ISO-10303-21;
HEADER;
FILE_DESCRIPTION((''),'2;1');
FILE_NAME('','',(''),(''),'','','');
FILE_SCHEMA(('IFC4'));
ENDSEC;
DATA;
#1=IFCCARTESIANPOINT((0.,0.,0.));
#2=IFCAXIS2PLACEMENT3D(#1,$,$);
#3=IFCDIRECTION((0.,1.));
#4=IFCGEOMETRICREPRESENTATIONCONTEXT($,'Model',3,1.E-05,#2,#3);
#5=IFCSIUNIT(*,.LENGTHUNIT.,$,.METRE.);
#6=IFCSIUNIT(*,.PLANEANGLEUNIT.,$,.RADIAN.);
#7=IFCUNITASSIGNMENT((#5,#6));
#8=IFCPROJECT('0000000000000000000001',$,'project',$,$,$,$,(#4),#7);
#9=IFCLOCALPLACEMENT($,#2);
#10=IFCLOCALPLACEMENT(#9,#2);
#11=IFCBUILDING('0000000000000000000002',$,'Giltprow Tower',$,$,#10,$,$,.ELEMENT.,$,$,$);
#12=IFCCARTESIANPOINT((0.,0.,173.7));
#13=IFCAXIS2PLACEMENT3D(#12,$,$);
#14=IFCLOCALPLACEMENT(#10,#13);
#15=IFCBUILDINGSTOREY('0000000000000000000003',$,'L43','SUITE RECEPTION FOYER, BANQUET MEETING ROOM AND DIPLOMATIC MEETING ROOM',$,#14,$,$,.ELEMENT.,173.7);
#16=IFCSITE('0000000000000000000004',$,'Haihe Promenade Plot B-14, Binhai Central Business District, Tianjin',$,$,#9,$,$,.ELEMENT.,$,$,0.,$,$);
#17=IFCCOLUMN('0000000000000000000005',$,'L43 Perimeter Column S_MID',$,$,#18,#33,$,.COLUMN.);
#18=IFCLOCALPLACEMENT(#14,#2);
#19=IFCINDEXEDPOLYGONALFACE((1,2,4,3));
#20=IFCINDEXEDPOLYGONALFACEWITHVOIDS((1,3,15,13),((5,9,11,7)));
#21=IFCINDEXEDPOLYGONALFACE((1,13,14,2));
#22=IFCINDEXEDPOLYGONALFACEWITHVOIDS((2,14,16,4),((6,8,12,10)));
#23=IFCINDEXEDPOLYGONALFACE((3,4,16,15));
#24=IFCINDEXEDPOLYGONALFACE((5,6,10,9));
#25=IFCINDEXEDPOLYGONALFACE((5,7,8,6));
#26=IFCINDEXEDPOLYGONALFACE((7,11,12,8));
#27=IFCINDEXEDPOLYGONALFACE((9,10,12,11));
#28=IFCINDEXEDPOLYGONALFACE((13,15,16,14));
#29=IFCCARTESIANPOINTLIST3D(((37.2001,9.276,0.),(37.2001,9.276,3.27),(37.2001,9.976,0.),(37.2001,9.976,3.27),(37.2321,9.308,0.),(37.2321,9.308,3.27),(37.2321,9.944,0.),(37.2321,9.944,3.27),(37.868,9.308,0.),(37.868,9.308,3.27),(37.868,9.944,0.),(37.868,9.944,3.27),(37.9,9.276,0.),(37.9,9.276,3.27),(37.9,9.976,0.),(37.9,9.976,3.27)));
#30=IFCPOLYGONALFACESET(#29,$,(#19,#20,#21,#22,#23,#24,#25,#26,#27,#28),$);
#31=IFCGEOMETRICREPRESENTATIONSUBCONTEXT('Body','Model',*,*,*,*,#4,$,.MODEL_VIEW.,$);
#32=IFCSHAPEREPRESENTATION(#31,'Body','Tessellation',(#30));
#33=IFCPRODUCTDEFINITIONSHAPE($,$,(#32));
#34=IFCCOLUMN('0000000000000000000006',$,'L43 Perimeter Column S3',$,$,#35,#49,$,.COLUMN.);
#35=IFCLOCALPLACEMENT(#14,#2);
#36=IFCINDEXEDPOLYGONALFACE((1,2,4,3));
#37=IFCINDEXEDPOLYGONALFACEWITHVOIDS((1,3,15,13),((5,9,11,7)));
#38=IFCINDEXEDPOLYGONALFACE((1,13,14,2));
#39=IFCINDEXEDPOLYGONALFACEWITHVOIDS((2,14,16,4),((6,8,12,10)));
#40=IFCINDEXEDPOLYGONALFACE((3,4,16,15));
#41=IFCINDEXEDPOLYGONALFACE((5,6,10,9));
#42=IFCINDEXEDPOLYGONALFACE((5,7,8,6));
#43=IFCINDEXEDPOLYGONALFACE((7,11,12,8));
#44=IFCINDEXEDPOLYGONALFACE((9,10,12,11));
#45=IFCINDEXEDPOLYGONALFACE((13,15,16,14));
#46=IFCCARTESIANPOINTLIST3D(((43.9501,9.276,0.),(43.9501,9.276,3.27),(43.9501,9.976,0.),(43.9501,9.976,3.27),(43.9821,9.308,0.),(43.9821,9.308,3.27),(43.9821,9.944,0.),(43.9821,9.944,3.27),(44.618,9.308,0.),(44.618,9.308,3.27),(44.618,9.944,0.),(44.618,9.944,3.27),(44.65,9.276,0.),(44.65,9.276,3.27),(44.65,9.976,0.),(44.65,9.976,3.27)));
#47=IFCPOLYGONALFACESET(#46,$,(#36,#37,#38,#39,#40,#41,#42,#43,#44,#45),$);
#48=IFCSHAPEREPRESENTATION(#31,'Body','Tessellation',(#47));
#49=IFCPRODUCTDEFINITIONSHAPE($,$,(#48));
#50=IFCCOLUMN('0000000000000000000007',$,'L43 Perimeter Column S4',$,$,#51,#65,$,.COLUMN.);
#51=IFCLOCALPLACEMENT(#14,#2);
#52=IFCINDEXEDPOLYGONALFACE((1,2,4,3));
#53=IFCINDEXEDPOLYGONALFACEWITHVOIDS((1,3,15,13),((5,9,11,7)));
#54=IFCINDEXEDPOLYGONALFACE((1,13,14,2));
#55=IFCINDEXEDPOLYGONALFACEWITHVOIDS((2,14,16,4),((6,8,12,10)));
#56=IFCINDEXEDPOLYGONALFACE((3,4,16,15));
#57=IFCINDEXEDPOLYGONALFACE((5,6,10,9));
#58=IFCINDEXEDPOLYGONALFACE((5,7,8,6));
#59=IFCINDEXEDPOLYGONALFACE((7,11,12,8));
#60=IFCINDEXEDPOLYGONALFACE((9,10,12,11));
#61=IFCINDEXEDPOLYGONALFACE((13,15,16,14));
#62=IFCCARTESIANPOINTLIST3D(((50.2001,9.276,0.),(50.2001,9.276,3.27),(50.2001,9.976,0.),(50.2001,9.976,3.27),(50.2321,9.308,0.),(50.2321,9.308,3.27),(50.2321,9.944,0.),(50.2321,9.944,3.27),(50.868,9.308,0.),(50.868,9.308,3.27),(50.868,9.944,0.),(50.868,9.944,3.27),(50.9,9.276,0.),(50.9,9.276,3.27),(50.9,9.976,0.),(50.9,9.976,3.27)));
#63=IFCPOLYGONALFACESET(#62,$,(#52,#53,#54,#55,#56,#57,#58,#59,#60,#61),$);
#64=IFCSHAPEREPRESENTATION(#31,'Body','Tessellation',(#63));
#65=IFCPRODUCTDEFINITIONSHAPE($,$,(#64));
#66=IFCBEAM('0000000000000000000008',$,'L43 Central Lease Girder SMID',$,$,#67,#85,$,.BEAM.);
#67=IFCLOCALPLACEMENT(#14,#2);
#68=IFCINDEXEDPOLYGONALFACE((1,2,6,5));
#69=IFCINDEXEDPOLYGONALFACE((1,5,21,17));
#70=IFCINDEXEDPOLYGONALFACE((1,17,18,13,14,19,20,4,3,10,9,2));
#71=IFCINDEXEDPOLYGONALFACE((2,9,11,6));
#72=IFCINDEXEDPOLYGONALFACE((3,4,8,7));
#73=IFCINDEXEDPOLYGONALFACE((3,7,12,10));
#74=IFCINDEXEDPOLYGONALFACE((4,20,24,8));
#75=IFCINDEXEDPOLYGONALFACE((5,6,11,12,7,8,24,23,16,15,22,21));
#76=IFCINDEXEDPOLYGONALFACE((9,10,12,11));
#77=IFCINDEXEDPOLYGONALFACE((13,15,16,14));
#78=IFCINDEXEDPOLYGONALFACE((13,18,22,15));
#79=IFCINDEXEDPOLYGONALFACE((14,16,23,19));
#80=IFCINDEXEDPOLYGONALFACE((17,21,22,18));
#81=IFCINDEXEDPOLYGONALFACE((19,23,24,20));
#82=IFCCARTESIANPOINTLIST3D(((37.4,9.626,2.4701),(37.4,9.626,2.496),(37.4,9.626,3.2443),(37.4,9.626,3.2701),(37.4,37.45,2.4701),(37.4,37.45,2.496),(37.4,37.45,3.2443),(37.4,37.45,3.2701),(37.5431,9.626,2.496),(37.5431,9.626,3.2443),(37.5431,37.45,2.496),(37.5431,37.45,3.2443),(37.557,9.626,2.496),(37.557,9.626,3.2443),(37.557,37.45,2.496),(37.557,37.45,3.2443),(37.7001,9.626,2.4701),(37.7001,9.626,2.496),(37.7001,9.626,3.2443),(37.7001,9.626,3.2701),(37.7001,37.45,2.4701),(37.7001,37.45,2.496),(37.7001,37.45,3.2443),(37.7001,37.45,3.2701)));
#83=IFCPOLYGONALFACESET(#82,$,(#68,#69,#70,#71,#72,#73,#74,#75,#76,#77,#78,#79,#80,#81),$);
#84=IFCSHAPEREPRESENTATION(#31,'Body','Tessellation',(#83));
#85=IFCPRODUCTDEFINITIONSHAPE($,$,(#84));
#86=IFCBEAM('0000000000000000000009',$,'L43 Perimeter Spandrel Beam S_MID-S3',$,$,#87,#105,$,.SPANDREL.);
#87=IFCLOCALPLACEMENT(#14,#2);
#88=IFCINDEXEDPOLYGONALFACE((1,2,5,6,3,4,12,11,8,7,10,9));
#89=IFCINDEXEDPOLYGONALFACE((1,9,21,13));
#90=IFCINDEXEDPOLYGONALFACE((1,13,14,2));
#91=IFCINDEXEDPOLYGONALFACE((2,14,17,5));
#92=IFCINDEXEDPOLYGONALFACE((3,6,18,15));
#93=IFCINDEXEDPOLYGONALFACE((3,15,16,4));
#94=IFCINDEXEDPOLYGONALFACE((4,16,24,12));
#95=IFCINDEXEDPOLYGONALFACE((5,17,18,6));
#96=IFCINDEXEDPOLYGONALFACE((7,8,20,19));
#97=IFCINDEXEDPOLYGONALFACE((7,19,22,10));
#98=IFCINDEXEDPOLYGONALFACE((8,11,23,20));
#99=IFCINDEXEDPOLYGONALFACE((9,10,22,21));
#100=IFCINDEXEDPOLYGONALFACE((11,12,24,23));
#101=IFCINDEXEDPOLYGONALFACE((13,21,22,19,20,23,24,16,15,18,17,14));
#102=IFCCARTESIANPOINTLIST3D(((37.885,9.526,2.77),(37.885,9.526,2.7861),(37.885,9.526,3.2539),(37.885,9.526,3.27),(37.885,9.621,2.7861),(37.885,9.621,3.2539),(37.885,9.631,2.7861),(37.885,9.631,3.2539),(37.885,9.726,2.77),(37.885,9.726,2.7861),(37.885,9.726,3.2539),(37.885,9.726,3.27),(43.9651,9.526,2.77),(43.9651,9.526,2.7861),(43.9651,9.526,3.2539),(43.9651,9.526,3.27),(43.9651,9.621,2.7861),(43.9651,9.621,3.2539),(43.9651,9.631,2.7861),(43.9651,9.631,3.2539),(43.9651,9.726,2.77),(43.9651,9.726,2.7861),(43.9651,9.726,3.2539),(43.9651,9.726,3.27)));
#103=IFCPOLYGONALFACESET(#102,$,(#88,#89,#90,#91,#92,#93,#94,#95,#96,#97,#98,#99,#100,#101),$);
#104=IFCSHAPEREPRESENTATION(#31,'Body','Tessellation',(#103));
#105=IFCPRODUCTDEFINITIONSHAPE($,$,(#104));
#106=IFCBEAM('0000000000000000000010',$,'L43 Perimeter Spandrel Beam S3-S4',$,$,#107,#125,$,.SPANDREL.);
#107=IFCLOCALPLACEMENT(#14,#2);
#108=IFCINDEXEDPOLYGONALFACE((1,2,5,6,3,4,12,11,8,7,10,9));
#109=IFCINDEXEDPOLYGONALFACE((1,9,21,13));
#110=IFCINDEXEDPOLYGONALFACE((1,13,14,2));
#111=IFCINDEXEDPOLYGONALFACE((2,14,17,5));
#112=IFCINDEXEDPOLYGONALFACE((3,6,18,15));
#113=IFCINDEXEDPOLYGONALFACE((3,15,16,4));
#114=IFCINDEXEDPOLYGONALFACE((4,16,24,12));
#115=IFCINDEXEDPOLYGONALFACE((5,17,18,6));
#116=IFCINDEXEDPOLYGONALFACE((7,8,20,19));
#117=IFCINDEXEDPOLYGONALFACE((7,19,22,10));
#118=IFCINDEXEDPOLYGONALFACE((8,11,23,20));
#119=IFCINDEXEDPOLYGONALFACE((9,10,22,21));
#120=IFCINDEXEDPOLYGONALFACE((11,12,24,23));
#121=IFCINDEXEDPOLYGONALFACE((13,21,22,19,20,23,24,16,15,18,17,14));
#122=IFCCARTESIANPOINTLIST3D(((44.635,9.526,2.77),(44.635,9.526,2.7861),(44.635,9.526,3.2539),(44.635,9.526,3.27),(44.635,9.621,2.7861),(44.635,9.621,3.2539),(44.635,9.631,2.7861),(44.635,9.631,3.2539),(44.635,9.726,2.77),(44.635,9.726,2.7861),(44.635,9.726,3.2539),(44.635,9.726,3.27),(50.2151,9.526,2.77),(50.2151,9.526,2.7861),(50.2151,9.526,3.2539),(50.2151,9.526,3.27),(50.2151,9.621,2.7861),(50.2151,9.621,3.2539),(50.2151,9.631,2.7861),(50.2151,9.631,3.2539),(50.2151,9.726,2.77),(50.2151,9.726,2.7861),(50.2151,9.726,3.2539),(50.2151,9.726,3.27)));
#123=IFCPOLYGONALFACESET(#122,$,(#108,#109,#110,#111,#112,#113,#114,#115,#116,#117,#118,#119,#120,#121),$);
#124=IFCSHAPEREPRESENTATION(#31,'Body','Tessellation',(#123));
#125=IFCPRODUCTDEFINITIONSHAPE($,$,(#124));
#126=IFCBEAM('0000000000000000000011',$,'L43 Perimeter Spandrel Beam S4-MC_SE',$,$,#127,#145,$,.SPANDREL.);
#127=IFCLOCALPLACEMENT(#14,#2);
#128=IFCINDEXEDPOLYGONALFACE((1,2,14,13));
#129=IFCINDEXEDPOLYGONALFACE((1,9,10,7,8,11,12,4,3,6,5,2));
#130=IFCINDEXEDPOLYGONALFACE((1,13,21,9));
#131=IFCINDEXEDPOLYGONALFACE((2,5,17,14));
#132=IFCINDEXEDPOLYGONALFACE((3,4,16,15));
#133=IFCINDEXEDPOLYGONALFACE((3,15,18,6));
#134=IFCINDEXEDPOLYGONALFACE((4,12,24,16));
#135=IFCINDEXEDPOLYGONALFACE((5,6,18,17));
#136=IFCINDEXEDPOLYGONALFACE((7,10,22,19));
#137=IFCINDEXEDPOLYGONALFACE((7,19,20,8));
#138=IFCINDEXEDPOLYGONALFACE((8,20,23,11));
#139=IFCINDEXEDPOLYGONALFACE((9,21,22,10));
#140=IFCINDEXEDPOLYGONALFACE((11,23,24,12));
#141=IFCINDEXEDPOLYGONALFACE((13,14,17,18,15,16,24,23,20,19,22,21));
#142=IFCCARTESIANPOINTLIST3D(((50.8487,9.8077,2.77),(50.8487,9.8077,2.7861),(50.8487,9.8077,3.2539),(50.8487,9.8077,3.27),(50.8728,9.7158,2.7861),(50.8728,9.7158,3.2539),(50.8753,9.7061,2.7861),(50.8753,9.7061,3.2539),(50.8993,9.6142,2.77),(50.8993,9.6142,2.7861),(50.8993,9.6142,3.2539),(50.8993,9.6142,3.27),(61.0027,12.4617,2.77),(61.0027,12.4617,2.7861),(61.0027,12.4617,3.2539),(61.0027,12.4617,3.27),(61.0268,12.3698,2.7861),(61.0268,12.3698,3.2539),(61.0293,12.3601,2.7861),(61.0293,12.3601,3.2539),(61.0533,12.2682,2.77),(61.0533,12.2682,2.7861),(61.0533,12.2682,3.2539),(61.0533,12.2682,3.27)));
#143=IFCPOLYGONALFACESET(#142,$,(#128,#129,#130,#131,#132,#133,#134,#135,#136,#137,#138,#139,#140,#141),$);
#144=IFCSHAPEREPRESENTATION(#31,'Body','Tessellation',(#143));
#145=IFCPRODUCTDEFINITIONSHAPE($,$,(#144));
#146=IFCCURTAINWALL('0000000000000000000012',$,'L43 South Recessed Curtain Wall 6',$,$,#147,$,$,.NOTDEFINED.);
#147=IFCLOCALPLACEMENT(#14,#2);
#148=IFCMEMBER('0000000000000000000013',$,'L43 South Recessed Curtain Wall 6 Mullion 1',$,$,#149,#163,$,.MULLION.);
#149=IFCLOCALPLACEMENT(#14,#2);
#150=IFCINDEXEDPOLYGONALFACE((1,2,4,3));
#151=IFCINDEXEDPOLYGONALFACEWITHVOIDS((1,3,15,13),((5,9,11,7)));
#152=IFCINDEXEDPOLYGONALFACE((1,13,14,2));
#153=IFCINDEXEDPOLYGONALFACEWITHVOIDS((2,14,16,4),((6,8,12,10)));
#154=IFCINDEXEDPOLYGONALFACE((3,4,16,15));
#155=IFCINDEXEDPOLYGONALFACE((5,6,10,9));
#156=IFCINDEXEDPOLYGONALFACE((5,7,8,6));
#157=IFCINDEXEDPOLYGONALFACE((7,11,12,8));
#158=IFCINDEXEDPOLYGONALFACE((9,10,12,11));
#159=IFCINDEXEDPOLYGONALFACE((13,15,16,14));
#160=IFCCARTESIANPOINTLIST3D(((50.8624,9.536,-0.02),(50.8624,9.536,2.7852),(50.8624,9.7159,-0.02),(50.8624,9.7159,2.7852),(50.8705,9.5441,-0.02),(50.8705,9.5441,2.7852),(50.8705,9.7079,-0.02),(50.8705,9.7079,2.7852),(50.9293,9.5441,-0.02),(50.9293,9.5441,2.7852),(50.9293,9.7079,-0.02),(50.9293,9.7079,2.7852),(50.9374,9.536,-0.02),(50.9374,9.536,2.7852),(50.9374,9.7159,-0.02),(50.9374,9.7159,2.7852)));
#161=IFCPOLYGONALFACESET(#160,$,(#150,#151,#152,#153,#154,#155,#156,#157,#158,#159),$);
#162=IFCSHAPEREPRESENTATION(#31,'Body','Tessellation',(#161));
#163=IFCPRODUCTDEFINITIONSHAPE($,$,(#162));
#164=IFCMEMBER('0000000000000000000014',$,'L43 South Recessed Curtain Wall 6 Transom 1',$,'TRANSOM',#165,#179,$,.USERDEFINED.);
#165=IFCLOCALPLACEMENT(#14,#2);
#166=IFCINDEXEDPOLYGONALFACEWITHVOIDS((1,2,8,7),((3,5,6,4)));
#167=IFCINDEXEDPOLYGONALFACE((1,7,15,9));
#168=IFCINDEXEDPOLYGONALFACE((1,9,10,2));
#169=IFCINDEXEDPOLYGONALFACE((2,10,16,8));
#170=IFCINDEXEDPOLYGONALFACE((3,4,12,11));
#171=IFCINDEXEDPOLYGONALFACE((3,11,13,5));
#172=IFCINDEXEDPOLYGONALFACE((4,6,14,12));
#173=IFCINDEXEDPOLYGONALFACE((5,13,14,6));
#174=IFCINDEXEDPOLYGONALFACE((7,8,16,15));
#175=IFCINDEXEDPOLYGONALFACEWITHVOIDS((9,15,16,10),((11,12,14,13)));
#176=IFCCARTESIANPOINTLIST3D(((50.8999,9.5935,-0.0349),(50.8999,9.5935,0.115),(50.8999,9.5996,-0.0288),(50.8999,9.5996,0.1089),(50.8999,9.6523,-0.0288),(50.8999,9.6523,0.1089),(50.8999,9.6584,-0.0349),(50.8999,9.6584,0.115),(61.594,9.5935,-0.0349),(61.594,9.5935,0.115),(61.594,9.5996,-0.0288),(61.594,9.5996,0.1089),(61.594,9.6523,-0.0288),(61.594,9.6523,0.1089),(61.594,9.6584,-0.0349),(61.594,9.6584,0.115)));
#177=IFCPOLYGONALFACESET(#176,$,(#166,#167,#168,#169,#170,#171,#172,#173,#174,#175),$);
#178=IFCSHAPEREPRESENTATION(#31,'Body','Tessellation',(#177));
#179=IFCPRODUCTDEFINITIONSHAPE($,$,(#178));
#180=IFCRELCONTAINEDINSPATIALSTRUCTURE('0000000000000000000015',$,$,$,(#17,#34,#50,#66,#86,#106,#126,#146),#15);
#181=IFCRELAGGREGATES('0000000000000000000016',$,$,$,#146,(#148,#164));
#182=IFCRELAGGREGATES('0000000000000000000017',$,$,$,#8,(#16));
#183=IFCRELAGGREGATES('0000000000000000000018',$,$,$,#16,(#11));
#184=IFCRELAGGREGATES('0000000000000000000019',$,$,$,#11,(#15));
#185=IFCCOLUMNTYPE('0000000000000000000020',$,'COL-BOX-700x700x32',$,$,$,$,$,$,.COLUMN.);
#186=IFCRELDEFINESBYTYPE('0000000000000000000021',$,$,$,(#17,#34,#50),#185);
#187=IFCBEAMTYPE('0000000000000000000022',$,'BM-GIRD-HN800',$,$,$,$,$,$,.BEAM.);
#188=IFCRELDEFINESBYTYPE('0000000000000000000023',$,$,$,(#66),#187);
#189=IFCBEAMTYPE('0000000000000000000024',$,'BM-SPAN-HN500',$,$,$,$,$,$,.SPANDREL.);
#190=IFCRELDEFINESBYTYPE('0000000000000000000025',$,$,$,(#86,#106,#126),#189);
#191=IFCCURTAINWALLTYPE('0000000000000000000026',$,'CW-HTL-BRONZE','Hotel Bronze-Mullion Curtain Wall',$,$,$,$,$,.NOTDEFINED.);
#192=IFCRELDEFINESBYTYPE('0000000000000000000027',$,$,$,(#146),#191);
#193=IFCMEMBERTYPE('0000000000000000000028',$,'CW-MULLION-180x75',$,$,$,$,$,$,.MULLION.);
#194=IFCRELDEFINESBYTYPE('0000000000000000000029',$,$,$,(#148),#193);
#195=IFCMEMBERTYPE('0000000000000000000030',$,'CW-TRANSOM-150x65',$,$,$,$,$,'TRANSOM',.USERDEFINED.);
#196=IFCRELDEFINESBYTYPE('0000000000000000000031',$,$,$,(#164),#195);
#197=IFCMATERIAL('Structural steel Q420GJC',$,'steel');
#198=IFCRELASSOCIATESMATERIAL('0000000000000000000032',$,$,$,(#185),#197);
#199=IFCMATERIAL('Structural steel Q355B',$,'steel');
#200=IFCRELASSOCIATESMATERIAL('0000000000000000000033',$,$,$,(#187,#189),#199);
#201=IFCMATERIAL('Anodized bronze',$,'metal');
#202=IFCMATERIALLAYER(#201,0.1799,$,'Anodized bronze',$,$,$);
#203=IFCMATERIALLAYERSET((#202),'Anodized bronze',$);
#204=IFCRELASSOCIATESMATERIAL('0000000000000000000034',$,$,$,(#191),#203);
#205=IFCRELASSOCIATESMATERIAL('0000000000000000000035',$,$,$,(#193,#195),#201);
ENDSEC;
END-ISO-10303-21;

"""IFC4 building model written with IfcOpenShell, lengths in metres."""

from ifc_helpers import new_model, si_unit, direction, frame, origin, origin_2d, place, context, subcontext, project, spatial, hollow_rectangle, i_section, extrude, source, transform, mapped, material, layer, layer_set, material_profile, profile_set, type_object, element, aggregate, save


model = new_model("IFC4")

# Units and contexts
model_context = context("Model", 3, precision=1e-05, world=origin(), true_north=direction((0.0, 1.0)))
body_context = subcontext(model_context, "Body", "Model", "MODEL_VIEW")
ifc_project = project(units=[si_unit("LENGTHUNIT", "METRE"), si_unit("PLANEANGLEUNIT", "RADIAN")], contexts=[model_context])

# Site, building, storey
site_placement = place(None, origin())
site = spatial("IfcSite", under=ifc_project, at=site_placement, Name="Haihe Promenade Plot B-14, Binhai Central Business District, Tianjin", CompositionType="ELEMENT", RefElevation=0.0)
building_placement = place(site_placement, origin())
building = spatial("IfcBuilding", under=site, at=building_placement, Name="Giltprow Tower", CompositionType="ELEMENT")
storey_placement = place(building_placement, frame((0.0, 0.0, 173.7)))
storey = spatial("IfcBuildingStorey", under=building, at=storey_placement, Name="L43", Description="SUITE RECEPTION FOYER, BANQUET MEETING ROOM AND DIPLOMATIC MEETING ROOM", CompositionType="ELEMENT", Elevation=173.7)

# Columns
ifc_material_1 = material(Name="Structural steel Q420GJC", Category="steel")
ifc_material_profile_1 = material_profile(ifc_material_1, hollow_rectangle(XDim=0.7, YDim=0.7, WallThickness=0.032, at=origin_2d()), Name="BOX 700x700x32")
ifc_profile_set_1 = profile_set([ifc_material_profile_1], Name="Structural steel Q420GJC")
column_type = type_object("IfcColumnType", Name="COL-BOX-700x700x32", PredefinedType="COLUMN", material=ifc_profile_set_1)
shared_shape_1 = source(origin(), body_context, "Body", "SweptSolid", [
    extrude(hollow_rectangle(XDim=0.7, YDim=0.7, WallThickness=0.032, at=origin_2d()), origin(), (0.0, 0.0, 1.0), 3.27),
])
for number, where, z_axis, x_axis, name in (
    (1, (37.55, 9.626, 0.0), (0.0, 0.0, 1.0), (1.0, 0.0, 0.0), "L43 Perimeter Column S_MID"),
    (2, (44.3, 9.626, 0.0), (0.0, 0.0, 1.0), (1.0, 0.0, 0.0), "L43 Perimeter Column S3"),
    (3, (50.55, 9.626, 0.0), (0.0, 0.0, 1.0), (1.0, 0.0, 0.0), "L43 Perimeter Column S4"),
):
    element("IfcColumn", number, at=place(storey_placement, frame(where, z_axis=z_axis, x_axis=x_axis)), inside=storey, type_object=column_type, Name=name, PredefinedType="COLUMN", context=body_context, shape_type="MappedRepresentation", body=[
        mapped(shared_shape_1, transform((0.0, 0.0, 0.0), x_axis=(1.0, 0.0, 0.0), y_axis=(0.0, 1.0, 0.0), z_axis=(0.0, 0.0, 1.0), scale=1.0)),
    ])

# Beams
ifc_material_2 = material(Name="Structural steel Q355B", Category="steel")
ifc_material_profile_2 = material_profile(ifc_material_2, i_section(OverallWidth=0.3, OverallDepth=0.8, WebThickness=0.0139, FlangeThickness=0.0259, at=origin_2d()), Name="HN 800x300x14x26")
ifc_profile_set_2 = profile_set([ifc_material_profile_2], Name="Structural steel Q355B")
beam_type_1 = type_object("IfcBeamType", Name="BM-GIRD-HN800", PredefinedType="BEAM", material=ifc_profile_set_2)
shared_shape_2 = source(origin(), body_context, "Body", "SweptSolid", [
    extrude(i_section(OverallWidth=0.3, OverallDepth=0.8, WebThickness=0.0139, FlangeThickness=0.0259, at=origin_2d()), origin(), (0.0, 0.0, 1.0), 27.824),
])
beam_1_placement = place(storey_placement, frame((37.55, 9.626, 2.8701), z_axis=(0.0, 1.0, 0.0), x_axis=(-1.0, 0.0, 0.0)))
element("IfcBeam", 4, at=beam_1_placement, inside=storey, type_object=beam_type_1, Name="L43 Central Lease Girder SMID", PredefinedType="BEAM", context=body_context, shape_type="MappedRepresentation", body=[
    mapped(shared_shape_2, transform((0.0, 0.0, 0.0), x_axis=(1.0, 0.0, 0.0), y_axis=(0.0, 1.0, 0.0), z_axis=(0.0, 0.0, 1.0), scale=1.0)),
])
ifc_material_profile_3 = material_profile(ifc_material_2, i_section(OverallWidth=0.2, OverallDepth=0.5, WebThickness=0.01, FlangeThickness=0.0161, at=origin_2d()), Name="HN 500x200x10x16")
ifc_profile_set_3 = profile_set([ifc_material_profile_3], Name="Structural steel Q355B")
beam_type_2 = type_object("IfcBeamType", Name="BM-SPAN-HN500", PredefinedType="SPANDREL", material=ifc_profile_set_3)
shared_shape_3 = source(origin(), body_context, "Body", "SweptSolid", [
    extrude(i_section(OverallWidth=0.2, OverallDepth=0.5, WebThickness=0.01, FlangeThickness=0.0161, at=origin_2d()), origin(), (0.0, 0.0, 1.0), 6.0801),
])
beam_2_placement = place(storey_placement, frame((37.885, 9.626, 3.02), z_axis=(1.0, 0.0, 0.0), x_axis=(0.0, 1.0, 0.0)))
element("IfcBeam", 5, at=beam_2_placement, inside=storey, type_object=beam_type_2, Name="L43 Perimeter Spandrel Beam S_MID-S3", PredefinedType="SPANDREL", context=body_context, shape_type="MappedRepresentation", body=[
    mapped(shared_shape_3, transform((0.0, 0.0, 0.0), x_axis=(1.0, 0.0, 0.0), y_axis=(0.0, 1.0, 0.0), z_axis=(0.0, 0.0, 1.0), scale=1.0)),
])
shared_shape_4 = source(origin(), body_context, "Body", "SweptSolid", [
    extrude(i_section(OverallWidth=0.2, OverallDepth=0.5, WebThickness=0.01, FlangeThickness=0.0161, at=origin_2d()), origin(), (0.0, 0.0, 1.0), 5.5801),
])
beam_3_placement = place(storey_placement, frame((44.635, 9.626, 3.02), z_axis=(1.0, 0.0, 0.0), x_axis=(0.0, 1.0, 0.0)))
element("IfcBeam", 6, at=beam_3_placement, inside=storey, type_object=beam_type_2, Name="L43 Perimeter Spandrel Beam S3-S4", PredefinedType="SPANDREL", context=body_context, shape_type="MappedRepresentation", body=[
    mapped(shared_shape_4, transform((0.0, 0.0, 0.0), x_axis=(1.0, 0.0, 0.0), y_axis=(0.0, 1.0, 0.0), z_axis=(0.0, 0.0, 1.0), scale=1.0)),
])
shared_shape_5 = source(origin(), body_context, "Body", "SweptSolid", [
    extrude(i_section(OverallWidth=0.2, OverallDepth=0.5, WebThickness=0.01, FlangeThickness=0.0161, at=origin_2d()), origin(), (0.0, 0.0, 1.0), 10.4951),
])
beam_4_placement = place(storey_placement, frame((50.874, 9.7109, 3.02), z_axis=(0.967497, 0.252883, 0.0), x_axis=(-0.252883, 0.967497, 0.0)))
element("IfcBeam", 7, at=beam_4_placement, inside=storey, type_object=beam_type_2, Name="L43 Perimeter Spandrel Beam S4-MC_SE", PredefinedType="SPANDREL", context=body_context, shape_type="MappedRepresentation", body=[
    mapped(shared_shape_5, transform((0.0, 0.0, 0.0), x_axis=(1.0, 0.0, 0.0), y_axis=(0.0, 1.0, 0.0), z_axis=(0.0, 0.0, 1.0), scale=1.0)),
])

# Curtain wall, members
ifc_material_3 = material(Name="Anodized bronze", Category="metal")
ifc_layer_1 = layer(ifc_material_3, 0.1799, Name="Anodized bronze")
ifc_layer_set_1 = layer_set([ifc_layer_1], Name="Anodized bronze")
curtain_wall_type = type_object("IfcCurtainWallType", Name="CW-HTL-BRONZE", Description="Hotel Bronze-Mullion Curtain Wall", PredefinedType="NOTDEFINED", material=ifc_layer_set_1)
curtain_wall_placement = place(storey_placement, origin())
curtain_wall = element("IfcCurtainWall", 8, at=curtain_wall_placement, inside=storey, type_object=curtain_wall_type, Name="L43 South Recessed Curtain Wall 6", PredefinedType="NOTDEFINED")
ifc_material_profile_4 = material_profile(ifc_material_3, hollow_rectangle(XDim=0.075, YDim=0.1799, WallThickness=0.0081, at=origin_2d()), Name="RHS 180x75x8")
ifc_profile_set_4 = profile_set([ifc_material_profile_4], Name="Anodized bronze")
member_type_1 = type_object("IfcMemberType", Name="CW-MULLION-180x75", PredefinedType="MULLION", material=ifc_profile_set_4)
shared_shape_6 = source(origin(), body_context, "Body", "SweptSolid", [
    extrude(hollow_rectangle(XDim=0.075, YDim=0.1799, WallThickness=0.0081, at=origin_2d()), origin(), (0.0, 0.0, 1.0), 2.8052),
])
member_1_placement = place(storey_placement, frame((50.8999, 9.626, -0.02), z_axis=(0.0, 0.0, 1.0), x_axis=(1.0, 0.0, 0.0)))
member_1 = element("IfcMember", 9, at=member_1_placement, type_object=member_type_1, Name="L43 South Recessed Curtain Wall 6 Mullion 1", PredefinedType="MULLION", context=body_context, shape_type="MappedRepresentation", body=[
    mapped(shared_shape_6, transform((0.0, 0.0, 0.0), x_axis=(1.0, 0.0, 0.0), y_axis=(0.0, 1.0, 0.0), z_axis=(0.0, 0.0, 1.0), scale=1.0)),
])
ifc_material_profile_5 = material_profile(ifc_material_3, hollow_rectangle(XDim=0.0649, YDim=0.1499, WallThickness=0.0061, at=origin_2d()), Name="RHS 150x65x6")
ifc_profile_set_5 = profile_set([ifc_material_profile_5], Name="Anodized bronze")
member_type_2 = type_object("IfcMemberType", Name="CW-TRANSOM-150x65", ElementType="TRANSOM", PredefinedType="USERDEFINED", material=ifc_profile_set_5)
shared_shape_7 = source(origin(), body_context, "Body", "SweptSolid", [
    extrude(hollow_rectangle(XDim=0.0649, YDim=0.1499, WallThickness=0.0061, at=origin_2d()), origin(), (0.0, 0.0, 1.0), 10.6941),
])
member_2_placement = place(storey_placement, frame((50.8999, 9.626, 0.04), z_axis=(1.0, 0.0, 0.0), x_axis=(0.0, 1.0, 0.0)))
member_2 = element("IfcMember", 10, at=member_2_placement, type_object=member_type_2, Name="L43 South Recessed Curtain Wall 6 Transom 1", ObjectType="TRANSOM", PredefinedType="USERDEFINED", context=body_context, shape_type="MappedRepresentation", body=[
    mapped(shared_shape_7, transform((0.0, 0.0, 0.0), x_axis=(1.0, 0.0, 0.0), y_axis=(0.0, 1.0, 0.0), z_axis=(0.0, 0.0, 1.0), scale=1.0)),
])
aggregate(curtain_wall, [member_1, member_2])

save(model, "model.ifc")
